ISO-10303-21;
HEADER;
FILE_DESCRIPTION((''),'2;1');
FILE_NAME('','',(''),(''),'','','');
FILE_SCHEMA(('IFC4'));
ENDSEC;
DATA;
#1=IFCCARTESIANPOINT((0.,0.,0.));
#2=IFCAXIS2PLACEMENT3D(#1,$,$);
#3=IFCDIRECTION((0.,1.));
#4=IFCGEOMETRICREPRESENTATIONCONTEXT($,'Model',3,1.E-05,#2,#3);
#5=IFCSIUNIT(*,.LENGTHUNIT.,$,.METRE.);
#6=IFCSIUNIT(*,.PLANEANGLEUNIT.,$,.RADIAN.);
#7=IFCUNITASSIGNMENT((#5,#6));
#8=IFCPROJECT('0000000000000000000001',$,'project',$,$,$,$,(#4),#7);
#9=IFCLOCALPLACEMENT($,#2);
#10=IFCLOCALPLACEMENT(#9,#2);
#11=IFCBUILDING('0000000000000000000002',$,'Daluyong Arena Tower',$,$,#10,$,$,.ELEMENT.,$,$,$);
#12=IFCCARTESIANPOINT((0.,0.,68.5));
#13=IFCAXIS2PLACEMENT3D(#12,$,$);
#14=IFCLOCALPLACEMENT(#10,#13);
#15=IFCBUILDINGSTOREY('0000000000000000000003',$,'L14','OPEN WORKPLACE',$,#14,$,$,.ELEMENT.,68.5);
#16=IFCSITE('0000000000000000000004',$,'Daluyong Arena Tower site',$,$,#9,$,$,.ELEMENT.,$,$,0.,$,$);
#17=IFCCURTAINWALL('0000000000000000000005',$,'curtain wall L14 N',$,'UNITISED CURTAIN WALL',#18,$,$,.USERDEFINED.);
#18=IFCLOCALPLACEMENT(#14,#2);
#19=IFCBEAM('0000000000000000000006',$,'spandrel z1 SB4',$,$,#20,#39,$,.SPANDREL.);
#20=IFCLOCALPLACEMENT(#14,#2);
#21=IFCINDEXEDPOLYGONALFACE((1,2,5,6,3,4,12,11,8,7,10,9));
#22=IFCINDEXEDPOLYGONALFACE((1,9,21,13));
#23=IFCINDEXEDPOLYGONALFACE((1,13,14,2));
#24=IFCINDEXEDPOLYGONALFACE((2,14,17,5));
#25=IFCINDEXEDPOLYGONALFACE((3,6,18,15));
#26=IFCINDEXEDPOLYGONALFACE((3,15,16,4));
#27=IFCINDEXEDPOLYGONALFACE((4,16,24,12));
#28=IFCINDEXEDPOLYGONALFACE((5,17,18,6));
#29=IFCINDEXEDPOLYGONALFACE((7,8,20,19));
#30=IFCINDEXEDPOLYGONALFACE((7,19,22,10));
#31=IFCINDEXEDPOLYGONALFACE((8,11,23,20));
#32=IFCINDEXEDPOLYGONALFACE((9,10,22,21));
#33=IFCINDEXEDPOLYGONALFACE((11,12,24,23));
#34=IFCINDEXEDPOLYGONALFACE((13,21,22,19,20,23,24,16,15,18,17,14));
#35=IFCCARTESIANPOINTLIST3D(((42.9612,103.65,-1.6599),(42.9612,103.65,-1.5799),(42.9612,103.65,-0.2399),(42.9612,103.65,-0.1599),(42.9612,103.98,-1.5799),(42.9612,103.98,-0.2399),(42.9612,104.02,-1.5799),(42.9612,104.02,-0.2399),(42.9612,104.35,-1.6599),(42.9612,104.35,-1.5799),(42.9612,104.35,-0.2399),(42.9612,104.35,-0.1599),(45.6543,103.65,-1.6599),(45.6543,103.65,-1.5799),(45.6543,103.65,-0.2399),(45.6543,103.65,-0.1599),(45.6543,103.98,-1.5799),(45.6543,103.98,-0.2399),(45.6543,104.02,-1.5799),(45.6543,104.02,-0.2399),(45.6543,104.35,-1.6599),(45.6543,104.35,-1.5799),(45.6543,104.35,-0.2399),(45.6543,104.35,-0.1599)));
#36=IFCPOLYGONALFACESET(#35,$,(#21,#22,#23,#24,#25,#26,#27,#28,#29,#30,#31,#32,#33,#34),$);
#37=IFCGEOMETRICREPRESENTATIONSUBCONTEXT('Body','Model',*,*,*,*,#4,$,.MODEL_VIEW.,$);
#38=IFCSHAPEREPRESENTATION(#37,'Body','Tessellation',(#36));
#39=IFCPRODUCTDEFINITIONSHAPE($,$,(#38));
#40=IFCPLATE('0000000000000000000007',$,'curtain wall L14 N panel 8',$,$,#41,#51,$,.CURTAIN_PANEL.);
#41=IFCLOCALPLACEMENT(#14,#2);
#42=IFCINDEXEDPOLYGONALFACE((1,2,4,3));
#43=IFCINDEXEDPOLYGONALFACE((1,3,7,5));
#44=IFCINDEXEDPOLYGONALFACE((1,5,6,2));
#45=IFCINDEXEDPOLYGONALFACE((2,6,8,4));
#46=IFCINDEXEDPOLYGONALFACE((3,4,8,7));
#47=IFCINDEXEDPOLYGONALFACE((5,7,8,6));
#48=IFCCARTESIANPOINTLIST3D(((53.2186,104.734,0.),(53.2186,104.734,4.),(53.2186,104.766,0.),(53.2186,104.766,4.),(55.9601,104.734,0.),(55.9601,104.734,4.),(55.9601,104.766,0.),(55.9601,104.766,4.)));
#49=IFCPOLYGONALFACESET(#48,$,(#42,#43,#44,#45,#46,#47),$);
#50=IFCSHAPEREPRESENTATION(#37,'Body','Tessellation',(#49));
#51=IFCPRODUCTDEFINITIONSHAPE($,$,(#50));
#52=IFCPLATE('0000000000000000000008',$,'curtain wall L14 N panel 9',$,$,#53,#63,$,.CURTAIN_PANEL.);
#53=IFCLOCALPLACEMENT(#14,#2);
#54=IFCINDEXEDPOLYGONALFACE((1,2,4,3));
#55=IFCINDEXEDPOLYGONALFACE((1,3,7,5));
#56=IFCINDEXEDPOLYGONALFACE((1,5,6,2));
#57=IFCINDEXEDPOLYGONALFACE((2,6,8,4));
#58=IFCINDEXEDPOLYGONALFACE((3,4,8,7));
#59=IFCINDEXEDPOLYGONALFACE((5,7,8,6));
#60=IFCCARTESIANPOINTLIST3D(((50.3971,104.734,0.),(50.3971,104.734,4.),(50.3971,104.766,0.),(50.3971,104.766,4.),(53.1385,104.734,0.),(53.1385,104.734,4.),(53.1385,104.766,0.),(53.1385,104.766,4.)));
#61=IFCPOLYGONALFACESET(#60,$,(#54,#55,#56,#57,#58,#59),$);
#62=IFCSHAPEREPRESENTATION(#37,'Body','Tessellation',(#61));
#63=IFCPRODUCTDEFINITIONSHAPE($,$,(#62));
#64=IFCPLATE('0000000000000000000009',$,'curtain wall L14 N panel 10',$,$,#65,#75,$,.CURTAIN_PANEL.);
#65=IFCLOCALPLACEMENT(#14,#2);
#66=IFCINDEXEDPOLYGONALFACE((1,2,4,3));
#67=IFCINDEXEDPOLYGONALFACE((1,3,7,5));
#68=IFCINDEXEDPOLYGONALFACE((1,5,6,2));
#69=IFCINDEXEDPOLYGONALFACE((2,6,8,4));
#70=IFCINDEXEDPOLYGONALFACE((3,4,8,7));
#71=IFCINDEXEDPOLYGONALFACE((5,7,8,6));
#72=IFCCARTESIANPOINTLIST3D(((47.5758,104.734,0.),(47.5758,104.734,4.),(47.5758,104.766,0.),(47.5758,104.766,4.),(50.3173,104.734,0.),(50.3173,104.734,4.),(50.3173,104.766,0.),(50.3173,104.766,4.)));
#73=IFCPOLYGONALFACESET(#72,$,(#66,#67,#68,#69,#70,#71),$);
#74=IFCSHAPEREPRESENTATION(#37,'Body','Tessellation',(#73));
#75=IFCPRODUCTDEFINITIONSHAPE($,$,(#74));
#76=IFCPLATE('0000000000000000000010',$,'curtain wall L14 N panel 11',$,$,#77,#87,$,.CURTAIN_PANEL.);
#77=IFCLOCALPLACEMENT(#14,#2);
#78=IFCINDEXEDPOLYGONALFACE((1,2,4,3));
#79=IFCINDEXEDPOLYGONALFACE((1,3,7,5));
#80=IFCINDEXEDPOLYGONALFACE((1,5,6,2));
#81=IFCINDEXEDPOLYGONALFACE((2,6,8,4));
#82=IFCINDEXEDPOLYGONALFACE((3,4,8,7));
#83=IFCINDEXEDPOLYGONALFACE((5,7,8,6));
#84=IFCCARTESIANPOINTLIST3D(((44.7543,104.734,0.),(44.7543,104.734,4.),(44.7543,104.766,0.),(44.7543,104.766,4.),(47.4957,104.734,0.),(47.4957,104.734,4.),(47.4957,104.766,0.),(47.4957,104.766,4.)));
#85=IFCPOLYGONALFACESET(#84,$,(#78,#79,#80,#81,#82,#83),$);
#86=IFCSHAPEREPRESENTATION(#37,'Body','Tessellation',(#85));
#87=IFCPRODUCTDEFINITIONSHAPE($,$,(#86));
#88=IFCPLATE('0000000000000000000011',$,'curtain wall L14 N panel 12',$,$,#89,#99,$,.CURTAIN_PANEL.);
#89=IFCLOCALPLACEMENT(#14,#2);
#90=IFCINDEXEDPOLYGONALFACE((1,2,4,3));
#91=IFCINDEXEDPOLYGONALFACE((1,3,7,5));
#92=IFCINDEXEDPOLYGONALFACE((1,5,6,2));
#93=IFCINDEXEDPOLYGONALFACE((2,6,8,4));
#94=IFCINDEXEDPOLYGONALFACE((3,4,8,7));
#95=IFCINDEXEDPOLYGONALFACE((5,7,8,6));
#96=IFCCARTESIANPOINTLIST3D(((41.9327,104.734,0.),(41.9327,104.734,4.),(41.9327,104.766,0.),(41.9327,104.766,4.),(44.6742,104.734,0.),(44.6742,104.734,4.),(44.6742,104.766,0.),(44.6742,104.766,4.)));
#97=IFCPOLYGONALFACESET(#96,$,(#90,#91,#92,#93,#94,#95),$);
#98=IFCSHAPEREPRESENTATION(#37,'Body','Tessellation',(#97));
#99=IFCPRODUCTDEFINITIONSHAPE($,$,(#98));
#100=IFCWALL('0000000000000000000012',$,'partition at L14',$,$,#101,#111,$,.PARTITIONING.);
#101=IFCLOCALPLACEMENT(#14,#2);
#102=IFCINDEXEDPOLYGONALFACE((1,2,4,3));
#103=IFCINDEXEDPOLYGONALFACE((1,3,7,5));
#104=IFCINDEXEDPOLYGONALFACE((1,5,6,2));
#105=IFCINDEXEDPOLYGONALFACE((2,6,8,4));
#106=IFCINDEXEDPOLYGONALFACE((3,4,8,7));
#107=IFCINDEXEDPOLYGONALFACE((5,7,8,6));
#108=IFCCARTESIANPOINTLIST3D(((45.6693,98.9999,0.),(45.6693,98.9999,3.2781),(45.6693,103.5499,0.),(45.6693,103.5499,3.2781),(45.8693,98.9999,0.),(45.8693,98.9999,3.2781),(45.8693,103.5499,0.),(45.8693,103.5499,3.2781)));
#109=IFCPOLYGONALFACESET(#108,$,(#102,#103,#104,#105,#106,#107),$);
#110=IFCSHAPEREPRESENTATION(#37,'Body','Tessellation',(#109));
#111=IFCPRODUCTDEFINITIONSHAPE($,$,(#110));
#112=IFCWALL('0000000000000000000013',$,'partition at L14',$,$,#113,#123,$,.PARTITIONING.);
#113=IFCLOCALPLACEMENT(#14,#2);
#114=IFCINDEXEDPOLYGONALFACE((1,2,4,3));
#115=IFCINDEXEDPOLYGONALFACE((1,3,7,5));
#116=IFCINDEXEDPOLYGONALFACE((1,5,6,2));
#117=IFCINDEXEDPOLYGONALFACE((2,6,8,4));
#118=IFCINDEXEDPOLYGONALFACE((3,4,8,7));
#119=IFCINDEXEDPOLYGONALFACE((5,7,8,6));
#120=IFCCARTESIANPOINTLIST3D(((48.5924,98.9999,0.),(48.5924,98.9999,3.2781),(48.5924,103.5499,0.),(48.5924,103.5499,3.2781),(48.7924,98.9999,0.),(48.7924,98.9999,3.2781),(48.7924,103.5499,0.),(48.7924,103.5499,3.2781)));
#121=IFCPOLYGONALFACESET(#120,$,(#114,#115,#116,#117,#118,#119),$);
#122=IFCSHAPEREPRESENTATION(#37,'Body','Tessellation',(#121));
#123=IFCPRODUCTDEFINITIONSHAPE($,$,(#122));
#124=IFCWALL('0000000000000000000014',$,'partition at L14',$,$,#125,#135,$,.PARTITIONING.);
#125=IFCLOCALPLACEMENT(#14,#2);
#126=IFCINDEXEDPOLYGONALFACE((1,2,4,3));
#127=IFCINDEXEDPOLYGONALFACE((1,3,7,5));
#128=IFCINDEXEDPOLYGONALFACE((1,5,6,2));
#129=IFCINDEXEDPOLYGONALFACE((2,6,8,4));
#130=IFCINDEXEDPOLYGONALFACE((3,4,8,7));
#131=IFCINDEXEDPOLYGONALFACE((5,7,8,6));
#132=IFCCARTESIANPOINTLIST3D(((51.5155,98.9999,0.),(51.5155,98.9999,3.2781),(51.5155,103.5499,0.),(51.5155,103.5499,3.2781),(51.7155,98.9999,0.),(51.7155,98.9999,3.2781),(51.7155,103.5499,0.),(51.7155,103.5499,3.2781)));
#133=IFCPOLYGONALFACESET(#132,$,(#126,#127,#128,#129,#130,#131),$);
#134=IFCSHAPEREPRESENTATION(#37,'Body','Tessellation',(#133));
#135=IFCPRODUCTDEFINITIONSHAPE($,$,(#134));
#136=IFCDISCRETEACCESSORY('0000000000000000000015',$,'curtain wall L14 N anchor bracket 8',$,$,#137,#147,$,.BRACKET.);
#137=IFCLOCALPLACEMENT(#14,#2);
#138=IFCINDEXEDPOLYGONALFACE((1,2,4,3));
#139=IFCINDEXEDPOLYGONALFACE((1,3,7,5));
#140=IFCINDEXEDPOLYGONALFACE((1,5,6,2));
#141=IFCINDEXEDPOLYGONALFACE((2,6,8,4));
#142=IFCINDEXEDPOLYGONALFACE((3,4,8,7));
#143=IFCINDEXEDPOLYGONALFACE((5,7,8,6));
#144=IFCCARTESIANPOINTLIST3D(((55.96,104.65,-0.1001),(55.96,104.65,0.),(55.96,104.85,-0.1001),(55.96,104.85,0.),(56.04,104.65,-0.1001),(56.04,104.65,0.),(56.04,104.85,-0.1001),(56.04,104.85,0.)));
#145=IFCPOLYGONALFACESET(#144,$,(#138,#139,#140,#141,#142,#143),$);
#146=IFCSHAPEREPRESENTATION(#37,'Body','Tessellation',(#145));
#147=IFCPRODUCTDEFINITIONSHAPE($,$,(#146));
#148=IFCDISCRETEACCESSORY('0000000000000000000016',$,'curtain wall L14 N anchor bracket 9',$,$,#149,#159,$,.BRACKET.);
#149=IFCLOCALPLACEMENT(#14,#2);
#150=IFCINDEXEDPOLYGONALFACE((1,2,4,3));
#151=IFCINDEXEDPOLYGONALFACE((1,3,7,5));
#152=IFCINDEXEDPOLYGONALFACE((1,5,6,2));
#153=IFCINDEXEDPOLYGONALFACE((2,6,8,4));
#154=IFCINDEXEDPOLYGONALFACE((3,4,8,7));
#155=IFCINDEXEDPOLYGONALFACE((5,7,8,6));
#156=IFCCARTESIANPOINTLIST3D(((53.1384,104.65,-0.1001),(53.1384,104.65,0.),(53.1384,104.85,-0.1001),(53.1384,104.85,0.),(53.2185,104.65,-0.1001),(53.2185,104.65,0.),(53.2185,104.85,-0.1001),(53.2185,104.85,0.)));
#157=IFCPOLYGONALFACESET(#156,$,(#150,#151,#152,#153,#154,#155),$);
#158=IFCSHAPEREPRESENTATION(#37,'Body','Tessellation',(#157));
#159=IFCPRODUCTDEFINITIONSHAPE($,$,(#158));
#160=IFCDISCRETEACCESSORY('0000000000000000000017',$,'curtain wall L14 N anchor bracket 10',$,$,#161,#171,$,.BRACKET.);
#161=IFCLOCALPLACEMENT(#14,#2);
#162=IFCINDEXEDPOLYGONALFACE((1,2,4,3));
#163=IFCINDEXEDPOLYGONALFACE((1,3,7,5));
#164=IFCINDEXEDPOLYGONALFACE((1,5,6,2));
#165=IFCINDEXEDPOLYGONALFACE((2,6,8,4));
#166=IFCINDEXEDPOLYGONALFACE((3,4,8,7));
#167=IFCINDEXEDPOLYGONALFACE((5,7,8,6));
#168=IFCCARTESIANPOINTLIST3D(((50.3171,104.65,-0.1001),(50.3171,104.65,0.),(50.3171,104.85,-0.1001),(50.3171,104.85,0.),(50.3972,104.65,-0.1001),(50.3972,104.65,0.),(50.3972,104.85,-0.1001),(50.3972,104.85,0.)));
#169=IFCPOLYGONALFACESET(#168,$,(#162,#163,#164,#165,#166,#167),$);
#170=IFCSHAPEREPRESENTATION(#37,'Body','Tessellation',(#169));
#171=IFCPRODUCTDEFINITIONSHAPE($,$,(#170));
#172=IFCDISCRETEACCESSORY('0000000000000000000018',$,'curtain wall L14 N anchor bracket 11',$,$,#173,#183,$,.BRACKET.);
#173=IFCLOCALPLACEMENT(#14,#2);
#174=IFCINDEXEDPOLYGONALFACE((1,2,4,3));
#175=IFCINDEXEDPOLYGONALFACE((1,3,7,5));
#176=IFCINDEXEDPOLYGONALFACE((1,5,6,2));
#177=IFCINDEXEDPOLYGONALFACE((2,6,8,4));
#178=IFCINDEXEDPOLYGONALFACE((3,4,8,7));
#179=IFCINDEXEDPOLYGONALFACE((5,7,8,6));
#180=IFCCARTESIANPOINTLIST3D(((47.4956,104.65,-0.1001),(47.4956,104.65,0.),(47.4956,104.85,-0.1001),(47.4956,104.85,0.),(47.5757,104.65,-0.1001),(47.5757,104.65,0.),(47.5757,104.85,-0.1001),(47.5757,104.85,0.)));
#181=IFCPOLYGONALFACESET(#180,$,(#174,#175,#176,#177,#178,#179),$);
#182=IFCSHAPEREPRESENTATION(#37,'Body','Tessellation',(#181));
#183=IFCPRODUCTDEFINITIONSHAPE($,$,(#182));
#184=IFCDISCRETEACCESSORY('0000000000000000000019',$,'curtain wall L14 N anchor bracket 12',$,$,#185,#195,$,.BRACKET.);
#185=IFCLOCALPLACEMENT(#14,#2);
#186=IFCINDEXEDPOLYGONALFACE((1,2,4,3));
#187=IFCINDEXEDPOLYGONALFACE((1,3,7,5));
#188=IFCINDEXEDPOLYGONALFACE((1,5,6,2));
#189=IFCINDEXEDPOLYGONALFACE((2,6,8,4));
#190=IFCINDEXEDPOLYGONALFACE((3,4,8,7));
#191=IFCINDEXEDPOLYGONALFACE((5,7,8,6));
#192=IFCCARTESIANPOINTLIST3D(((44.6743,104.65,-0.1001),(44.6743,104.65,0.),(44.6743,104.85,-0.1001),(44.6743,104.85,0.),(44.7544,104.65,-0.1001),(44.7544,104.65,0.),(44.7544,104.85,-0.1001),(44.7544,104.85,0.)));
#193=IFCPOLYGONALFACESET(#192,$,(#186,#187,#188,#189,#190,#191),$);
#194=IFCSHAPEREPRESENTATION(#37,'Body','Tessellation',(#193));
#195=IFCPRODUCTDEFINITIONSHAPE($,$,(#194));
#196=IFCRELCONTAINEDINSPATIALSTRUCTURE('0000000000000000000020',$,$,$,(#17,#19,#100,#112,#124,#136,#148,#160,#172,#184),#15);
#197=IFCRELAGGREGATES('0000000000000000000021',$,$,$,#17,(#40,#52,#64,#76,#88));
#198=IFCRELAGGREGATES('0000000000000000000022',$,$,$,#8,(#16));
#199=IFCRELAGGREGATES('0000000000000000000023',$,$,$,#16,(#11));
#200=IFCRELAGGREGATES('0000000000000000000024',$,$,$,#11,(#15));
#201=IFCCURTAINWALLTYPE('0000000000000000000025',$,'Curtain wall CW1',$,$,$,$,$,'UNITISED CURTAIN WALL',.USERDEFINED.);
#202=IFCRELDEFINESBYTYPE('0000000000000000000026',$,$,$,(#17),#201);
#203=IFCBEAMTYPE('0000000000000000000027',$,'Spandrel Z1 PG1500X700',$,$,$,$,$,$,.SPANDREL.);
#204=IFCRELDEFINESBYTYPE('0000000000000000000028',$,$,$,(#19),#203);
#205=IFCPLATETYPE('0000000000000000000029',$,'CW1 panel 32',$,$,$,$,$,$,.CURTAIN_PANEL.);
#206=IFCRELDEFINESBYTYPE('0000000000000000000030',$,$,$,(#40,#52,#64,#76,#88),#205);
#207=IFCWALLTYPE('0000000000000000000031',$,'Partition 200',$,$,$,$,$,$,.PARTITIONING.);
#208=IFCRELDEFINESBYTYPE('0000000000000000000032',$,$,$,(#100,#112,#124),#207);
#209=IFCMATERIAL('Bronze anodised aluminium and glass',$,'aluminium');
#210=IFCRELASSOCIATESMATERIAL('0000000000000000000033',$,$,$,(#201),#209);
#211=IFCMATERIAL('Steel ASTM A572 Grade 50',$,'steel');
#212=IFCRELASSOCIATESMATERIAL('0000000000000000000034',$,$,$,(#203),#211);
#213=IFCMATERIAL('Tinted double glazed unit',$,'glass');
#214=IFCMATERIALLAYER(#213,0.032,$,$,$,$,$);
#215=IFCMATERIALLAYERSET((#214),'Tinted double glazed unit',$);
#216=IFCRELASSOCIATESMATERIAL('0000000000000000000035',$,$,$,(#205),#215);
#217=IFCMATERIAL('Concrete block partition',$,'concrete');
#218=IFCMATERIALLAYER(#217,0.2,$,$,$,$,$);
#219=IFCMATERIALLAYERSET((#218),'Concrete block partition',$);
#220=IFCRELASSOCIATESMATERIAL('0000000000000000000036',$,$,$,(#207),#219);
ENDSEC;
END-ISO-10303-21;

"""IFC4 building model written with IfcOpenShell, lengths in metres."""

from ifc_helpers import new_model, si_unit, direction, frame, frame_2d, origin, origin_2d, place, context, subcontext, project, spatial, rectangle, i_section, extrude, material, layer, layer_set, material_profile, profile_set, type_object, element, aggregate, save


model = new_model("IFC4")

# Units and contexts
model_context = context("Model", 3, precision=1e-05, world=origin(), true_north=direction((0.0, 1.0)))
body_context = subcontext(model_context, "Body", "Model", "MODEL_VIEW")
ifc_project = project(units=[si_unit("LENGTHUNIT", "METRE"), si_unit("PLANEANGLEUNIT", "RADIAN")], contexts=[model_context])

# Site, building, storey
site_placement = place(None, origin())
site = spatial("IfcSite", under=ifc_project, at=site_placement, Name="Daluyong Arena Tower site", CompositionType="ELEMENT", RefElevation=0.0)
building_placement = place(site_placement, origin())
building = spatial("IfcBuilding", under=site, at=building_placement, Name="Daluyong Arena Tower", CompositionType="ELEMENT")
storey_placement = place(building_placement, frame((0.0, 0.0, 68.5)))
storey = spatial("IfcBuildingStorey", under=building, at=storey_placement, Name="L14", Description="OPEN WORKPLACE", CompositionType="ELEMENT", Elevation=68.5)

# Curtain wall
ifc_material_1 = material(Name="Bronze anodised aluminium and glass", Category="aluminium")
curtain_wall_type = type_object("IfcCurtainWallType", Name="Curtain wall CW1", ElementType="UNITISED CURTAIN WALL", PredefinedType="USERDEFINED", material=ifc_material_1)
curtain_wall_placement = place(storey_placement, origin())
curtain_wall = element("IfcCurtainWall", 1, at=curtain_wall_placement, inside=storey, type_object=curtain_wall_type, Name="curtain wall L14 N", ObjectType="UNITISED CURTAIN WALL", PredefinedType="USERDEFINED")

# Beam
ifc_material_2 = material(Name="Steel ASTM A572 Grade 50", Category="steel")
ifc_material_profile_1 = material_profile(ifc_material_2, i_section(OverallWidth=0.7, OverallDepth=1.5, WebThickness=0.04, FlangeThickness=0.08, at=origin_2d()))
ifc_profile_set_1 = profile_set([ifc_material_profile_1], Name="Steel ASTM A572 Grade 50")
beam_type_1 = type_object("IfcBeamType", Name="Spandrel Z1 PG1500X700", PredefinedType="SPANDREL", material=ifc_profile_set_1)
for number, where, z_axis, x_axis, name in (
    (2, (45.6543, 104.0, -0.9099), (-1.0, 0.0, 0.0), (0.0, -1.0, 0.0), "spandrel z1 SB4"),
):
    element("IfcBeam", number, at=place(storey_placement, frame(where, z_axis=z_axis, x_axis=x_axis)), inside=storey, type_object=beam_type_1, Name=name, PredefinedType="SPANDREL", context=body_context, shape_type="SweptSolid", body=[
        extrude(i_section(OverallWidth=0.7, OverallDepth=1.5, WebThickness=0.04, FlangeThickness=0.08, at=origin_2d()), origin(), (0.0, 0.0, 1.0), 2.6931),
    ])

# Plates
ifc_material_3 = material(Name="Tinted double glazed unit", Category="glass")
ifc_layer_1 = layer(ifc_material_3, 0.032)
ifc_layer_set_1 = layer_set([ifc_layer_1], Name="Tinted double glazed unit")
plate_type = type_object("IfcPlateType", Name="CW1 panel 32", PredefinedType="CURTAIN_PANEL", material=ifc_layer_set_1)
plate_1_placement = place(storey_placement, frame((54.5894, 104.75, 0.0), z_axis=(0.0, 0.0, 1.0), x_axis=(-1.0, 0.0, 0.0)))
plate_1 = element("IfcPlate", 3, at=plate_1_placement, type_object=plate_type, Name="curtain wall L14 N panel 8", PredefinedType="CURTAIN_PANEL", context=body_context, shape_type="SweptSolid", body=[
    extrude(rectangle(XDim=2.7415, YDim=0.032, at=origin_2d()), origin(), (0.0, 0.0, 1.0), 4.0),
])
plate_2_placement = place(storey_placement, frame((51.7678, 104.75, 0.0), z_axis=(0.0, 0.0, 1.0), x_axis=(-1.0, 0.0, 0.0)))
plate_2 = element("IfcPlate", 4, at=plate_2_placement, type_object=plate_type, Name="curtain wall L14 N panel 9", PredefinedType="CURTAIN_PANEL", context=body_context, shape_type="SweptSolid", body=[
    extrude(rectangle(XDim=2.7415, YDim=0.032, at=origin_2d()), origin(), (0.0, 0.0, 1.0), 4.0),
])
plate_3_placement = place(storey_placement, frame((48.9465, 104.75, 0.0), z_axis=(0.0, 0.0, 1.0), x_axis=(-1.0, 0.0, 0.0)))
plate_3 = element("IfcPlate", 5, at=plate_3_placement, type_object=plate_type, Name="curtain wall L14 N panel 10", PredefinedType="CURTAIN_PANEL", context=body_context, shape_type="SweptSolid", body=[
    extrude(rectangle(XDim=2.7415, YDim=0.032, at=origin_2d()), origin(), (0.0, 0.0, 1.0), 4.0),
])
plate_4_placement = place(storey_placement, frame((46.125, 104.75, 0.0), z_axis=(0.0, 0.0, 1.0), x_axis=(-1.0, 0.0, 0.0)))
plate_4 = element("IfcPlate", 6, at=plate_4_placement, type_object=plate_type, Name="curtain wall L14 N panel 11", PredefinedType="CURTAIN_PANEL", context=body_context, shape_type="SweptSolid", body=[
    extrude(rectangle(XDim=2.7415, YDim=0.032, at=origin_2d()), origin(), (0.0, 0.0, 1.0), 4.0),
])
plate_5_placement = place(storey_placement, frame((43.3035, 104.75, 0.0), z_axis=(0.0, 0.0, 1.0), x_axis=(-1.0, 0.0, 0.0)))
plate_5 = element("IfcPlate", 7, at=plate_5_placement, type_object=plate_type, Name="curtain wall L14 N panel 12", PredefinedType="CURTAIN_PANEL", context=body_context, shape_type="SweptSolid", body=[
    extrude(rectangle(XDim=2.7415, YDim=0.032, at=origin_2d()), origin(), (0.0, 0.0, 1.0), 4.0),
])
aggregate(curtain_wall, [plate_1, plate_2, plate_3, plate_4, plate_5])

# Walls
ifc_material_4 = material(Name="Concrete block partition", Category="concrete")
ifc_layer_2 = layer(ifc_material_4, 0.2)
ifc_layer_set_2 = layer_set([ifc_layer_2], Name="Concrete block partition")
wall_type = type_object("IfcWallType", Name="Partition 200", PredefinedType="PARTITIONING", material=ifc_layer_set_2)
for number, where, z_axis, x_axis, name in (
    (8, (45.7693, 99.0, 0.0), (0.0, 0.0, 1.0), (0.0, 1.0, 0.0), "partition at L14"),
    (9, (48.6924, 99.0, 0.0), (0.0, 0.0, 1.0), (0.0, 1.0, 0.0), "partition at L14"),
    (10, (51.6155, 99.0, 0.0), (0.0, 0.0, 1.0), (0.0, 1.0, 0.0), "partition at L14"),
):
    element("IfcWall", number, at=place(storey_placement, frame(where, z_axis=z_axis, x_axis=x_axis)), inside=storey, type_object=wall_type, Name=name, PredefinedType="PARTITIONING", context=body_context, shape_type="SweptSolid", body=[
        extrude(rectangle(XDim=4.55, YDim=0.2, at=frame_2d((2.2749, 0.0))), origin(), (0.0, 0.0, 1.0), 3.2781),
    ])

# Discrete accessories
for number, where, z_axis, x_axis, name in (
    (11, (56.0, 104.75, -0.1001), (0.0, 0.0, 1.0), (-1.0, 0.0, 0.0), "curtain wall L14 N anchor bracket 8"),
    (12, (53.1785, 104.75, -0.1001), (0.0, 0.0, 1.0), (-1.0, 0.0, 0.0), "curtain wall L14 N anchor bracket 9"),
    (13, (50.3572, 104.75, -0.1001), (0.0, 0.0, 1.0), (-1.0, 0.0, 0.0), "curtain wall L14 N anchor bracket 10"),
    (14, (47.5356, 104.75, -0.1001), (0.0, 0.0, 1.0), (-1.0, 0.0, 0.0), "curtain wall L14 N anchor bracket 11"),
    (15, (44.7144, 104.75, -0.1001), (0.0, 0.0, 1.0), (-1.0, 0.0, 0.0), "curtain wall L14 N anchor bracket 12"),
):
    element("IfcDiscreteAccessory", number, at=place(storey_placement, frame(where, z_axis=z_axis, x_axis=x_axis)), inside=storey, Name=name, PredefinedType="BRACKET", context=body_context, shape_type="SweptSolid", body=[
        extrude(rectangle(XDim=0.0801, YDim=0.2, at=origin_2d()), origin(), (0.0, 0.0, 1.0), 0.1001),
    ])

save(model, "model.ifc")
